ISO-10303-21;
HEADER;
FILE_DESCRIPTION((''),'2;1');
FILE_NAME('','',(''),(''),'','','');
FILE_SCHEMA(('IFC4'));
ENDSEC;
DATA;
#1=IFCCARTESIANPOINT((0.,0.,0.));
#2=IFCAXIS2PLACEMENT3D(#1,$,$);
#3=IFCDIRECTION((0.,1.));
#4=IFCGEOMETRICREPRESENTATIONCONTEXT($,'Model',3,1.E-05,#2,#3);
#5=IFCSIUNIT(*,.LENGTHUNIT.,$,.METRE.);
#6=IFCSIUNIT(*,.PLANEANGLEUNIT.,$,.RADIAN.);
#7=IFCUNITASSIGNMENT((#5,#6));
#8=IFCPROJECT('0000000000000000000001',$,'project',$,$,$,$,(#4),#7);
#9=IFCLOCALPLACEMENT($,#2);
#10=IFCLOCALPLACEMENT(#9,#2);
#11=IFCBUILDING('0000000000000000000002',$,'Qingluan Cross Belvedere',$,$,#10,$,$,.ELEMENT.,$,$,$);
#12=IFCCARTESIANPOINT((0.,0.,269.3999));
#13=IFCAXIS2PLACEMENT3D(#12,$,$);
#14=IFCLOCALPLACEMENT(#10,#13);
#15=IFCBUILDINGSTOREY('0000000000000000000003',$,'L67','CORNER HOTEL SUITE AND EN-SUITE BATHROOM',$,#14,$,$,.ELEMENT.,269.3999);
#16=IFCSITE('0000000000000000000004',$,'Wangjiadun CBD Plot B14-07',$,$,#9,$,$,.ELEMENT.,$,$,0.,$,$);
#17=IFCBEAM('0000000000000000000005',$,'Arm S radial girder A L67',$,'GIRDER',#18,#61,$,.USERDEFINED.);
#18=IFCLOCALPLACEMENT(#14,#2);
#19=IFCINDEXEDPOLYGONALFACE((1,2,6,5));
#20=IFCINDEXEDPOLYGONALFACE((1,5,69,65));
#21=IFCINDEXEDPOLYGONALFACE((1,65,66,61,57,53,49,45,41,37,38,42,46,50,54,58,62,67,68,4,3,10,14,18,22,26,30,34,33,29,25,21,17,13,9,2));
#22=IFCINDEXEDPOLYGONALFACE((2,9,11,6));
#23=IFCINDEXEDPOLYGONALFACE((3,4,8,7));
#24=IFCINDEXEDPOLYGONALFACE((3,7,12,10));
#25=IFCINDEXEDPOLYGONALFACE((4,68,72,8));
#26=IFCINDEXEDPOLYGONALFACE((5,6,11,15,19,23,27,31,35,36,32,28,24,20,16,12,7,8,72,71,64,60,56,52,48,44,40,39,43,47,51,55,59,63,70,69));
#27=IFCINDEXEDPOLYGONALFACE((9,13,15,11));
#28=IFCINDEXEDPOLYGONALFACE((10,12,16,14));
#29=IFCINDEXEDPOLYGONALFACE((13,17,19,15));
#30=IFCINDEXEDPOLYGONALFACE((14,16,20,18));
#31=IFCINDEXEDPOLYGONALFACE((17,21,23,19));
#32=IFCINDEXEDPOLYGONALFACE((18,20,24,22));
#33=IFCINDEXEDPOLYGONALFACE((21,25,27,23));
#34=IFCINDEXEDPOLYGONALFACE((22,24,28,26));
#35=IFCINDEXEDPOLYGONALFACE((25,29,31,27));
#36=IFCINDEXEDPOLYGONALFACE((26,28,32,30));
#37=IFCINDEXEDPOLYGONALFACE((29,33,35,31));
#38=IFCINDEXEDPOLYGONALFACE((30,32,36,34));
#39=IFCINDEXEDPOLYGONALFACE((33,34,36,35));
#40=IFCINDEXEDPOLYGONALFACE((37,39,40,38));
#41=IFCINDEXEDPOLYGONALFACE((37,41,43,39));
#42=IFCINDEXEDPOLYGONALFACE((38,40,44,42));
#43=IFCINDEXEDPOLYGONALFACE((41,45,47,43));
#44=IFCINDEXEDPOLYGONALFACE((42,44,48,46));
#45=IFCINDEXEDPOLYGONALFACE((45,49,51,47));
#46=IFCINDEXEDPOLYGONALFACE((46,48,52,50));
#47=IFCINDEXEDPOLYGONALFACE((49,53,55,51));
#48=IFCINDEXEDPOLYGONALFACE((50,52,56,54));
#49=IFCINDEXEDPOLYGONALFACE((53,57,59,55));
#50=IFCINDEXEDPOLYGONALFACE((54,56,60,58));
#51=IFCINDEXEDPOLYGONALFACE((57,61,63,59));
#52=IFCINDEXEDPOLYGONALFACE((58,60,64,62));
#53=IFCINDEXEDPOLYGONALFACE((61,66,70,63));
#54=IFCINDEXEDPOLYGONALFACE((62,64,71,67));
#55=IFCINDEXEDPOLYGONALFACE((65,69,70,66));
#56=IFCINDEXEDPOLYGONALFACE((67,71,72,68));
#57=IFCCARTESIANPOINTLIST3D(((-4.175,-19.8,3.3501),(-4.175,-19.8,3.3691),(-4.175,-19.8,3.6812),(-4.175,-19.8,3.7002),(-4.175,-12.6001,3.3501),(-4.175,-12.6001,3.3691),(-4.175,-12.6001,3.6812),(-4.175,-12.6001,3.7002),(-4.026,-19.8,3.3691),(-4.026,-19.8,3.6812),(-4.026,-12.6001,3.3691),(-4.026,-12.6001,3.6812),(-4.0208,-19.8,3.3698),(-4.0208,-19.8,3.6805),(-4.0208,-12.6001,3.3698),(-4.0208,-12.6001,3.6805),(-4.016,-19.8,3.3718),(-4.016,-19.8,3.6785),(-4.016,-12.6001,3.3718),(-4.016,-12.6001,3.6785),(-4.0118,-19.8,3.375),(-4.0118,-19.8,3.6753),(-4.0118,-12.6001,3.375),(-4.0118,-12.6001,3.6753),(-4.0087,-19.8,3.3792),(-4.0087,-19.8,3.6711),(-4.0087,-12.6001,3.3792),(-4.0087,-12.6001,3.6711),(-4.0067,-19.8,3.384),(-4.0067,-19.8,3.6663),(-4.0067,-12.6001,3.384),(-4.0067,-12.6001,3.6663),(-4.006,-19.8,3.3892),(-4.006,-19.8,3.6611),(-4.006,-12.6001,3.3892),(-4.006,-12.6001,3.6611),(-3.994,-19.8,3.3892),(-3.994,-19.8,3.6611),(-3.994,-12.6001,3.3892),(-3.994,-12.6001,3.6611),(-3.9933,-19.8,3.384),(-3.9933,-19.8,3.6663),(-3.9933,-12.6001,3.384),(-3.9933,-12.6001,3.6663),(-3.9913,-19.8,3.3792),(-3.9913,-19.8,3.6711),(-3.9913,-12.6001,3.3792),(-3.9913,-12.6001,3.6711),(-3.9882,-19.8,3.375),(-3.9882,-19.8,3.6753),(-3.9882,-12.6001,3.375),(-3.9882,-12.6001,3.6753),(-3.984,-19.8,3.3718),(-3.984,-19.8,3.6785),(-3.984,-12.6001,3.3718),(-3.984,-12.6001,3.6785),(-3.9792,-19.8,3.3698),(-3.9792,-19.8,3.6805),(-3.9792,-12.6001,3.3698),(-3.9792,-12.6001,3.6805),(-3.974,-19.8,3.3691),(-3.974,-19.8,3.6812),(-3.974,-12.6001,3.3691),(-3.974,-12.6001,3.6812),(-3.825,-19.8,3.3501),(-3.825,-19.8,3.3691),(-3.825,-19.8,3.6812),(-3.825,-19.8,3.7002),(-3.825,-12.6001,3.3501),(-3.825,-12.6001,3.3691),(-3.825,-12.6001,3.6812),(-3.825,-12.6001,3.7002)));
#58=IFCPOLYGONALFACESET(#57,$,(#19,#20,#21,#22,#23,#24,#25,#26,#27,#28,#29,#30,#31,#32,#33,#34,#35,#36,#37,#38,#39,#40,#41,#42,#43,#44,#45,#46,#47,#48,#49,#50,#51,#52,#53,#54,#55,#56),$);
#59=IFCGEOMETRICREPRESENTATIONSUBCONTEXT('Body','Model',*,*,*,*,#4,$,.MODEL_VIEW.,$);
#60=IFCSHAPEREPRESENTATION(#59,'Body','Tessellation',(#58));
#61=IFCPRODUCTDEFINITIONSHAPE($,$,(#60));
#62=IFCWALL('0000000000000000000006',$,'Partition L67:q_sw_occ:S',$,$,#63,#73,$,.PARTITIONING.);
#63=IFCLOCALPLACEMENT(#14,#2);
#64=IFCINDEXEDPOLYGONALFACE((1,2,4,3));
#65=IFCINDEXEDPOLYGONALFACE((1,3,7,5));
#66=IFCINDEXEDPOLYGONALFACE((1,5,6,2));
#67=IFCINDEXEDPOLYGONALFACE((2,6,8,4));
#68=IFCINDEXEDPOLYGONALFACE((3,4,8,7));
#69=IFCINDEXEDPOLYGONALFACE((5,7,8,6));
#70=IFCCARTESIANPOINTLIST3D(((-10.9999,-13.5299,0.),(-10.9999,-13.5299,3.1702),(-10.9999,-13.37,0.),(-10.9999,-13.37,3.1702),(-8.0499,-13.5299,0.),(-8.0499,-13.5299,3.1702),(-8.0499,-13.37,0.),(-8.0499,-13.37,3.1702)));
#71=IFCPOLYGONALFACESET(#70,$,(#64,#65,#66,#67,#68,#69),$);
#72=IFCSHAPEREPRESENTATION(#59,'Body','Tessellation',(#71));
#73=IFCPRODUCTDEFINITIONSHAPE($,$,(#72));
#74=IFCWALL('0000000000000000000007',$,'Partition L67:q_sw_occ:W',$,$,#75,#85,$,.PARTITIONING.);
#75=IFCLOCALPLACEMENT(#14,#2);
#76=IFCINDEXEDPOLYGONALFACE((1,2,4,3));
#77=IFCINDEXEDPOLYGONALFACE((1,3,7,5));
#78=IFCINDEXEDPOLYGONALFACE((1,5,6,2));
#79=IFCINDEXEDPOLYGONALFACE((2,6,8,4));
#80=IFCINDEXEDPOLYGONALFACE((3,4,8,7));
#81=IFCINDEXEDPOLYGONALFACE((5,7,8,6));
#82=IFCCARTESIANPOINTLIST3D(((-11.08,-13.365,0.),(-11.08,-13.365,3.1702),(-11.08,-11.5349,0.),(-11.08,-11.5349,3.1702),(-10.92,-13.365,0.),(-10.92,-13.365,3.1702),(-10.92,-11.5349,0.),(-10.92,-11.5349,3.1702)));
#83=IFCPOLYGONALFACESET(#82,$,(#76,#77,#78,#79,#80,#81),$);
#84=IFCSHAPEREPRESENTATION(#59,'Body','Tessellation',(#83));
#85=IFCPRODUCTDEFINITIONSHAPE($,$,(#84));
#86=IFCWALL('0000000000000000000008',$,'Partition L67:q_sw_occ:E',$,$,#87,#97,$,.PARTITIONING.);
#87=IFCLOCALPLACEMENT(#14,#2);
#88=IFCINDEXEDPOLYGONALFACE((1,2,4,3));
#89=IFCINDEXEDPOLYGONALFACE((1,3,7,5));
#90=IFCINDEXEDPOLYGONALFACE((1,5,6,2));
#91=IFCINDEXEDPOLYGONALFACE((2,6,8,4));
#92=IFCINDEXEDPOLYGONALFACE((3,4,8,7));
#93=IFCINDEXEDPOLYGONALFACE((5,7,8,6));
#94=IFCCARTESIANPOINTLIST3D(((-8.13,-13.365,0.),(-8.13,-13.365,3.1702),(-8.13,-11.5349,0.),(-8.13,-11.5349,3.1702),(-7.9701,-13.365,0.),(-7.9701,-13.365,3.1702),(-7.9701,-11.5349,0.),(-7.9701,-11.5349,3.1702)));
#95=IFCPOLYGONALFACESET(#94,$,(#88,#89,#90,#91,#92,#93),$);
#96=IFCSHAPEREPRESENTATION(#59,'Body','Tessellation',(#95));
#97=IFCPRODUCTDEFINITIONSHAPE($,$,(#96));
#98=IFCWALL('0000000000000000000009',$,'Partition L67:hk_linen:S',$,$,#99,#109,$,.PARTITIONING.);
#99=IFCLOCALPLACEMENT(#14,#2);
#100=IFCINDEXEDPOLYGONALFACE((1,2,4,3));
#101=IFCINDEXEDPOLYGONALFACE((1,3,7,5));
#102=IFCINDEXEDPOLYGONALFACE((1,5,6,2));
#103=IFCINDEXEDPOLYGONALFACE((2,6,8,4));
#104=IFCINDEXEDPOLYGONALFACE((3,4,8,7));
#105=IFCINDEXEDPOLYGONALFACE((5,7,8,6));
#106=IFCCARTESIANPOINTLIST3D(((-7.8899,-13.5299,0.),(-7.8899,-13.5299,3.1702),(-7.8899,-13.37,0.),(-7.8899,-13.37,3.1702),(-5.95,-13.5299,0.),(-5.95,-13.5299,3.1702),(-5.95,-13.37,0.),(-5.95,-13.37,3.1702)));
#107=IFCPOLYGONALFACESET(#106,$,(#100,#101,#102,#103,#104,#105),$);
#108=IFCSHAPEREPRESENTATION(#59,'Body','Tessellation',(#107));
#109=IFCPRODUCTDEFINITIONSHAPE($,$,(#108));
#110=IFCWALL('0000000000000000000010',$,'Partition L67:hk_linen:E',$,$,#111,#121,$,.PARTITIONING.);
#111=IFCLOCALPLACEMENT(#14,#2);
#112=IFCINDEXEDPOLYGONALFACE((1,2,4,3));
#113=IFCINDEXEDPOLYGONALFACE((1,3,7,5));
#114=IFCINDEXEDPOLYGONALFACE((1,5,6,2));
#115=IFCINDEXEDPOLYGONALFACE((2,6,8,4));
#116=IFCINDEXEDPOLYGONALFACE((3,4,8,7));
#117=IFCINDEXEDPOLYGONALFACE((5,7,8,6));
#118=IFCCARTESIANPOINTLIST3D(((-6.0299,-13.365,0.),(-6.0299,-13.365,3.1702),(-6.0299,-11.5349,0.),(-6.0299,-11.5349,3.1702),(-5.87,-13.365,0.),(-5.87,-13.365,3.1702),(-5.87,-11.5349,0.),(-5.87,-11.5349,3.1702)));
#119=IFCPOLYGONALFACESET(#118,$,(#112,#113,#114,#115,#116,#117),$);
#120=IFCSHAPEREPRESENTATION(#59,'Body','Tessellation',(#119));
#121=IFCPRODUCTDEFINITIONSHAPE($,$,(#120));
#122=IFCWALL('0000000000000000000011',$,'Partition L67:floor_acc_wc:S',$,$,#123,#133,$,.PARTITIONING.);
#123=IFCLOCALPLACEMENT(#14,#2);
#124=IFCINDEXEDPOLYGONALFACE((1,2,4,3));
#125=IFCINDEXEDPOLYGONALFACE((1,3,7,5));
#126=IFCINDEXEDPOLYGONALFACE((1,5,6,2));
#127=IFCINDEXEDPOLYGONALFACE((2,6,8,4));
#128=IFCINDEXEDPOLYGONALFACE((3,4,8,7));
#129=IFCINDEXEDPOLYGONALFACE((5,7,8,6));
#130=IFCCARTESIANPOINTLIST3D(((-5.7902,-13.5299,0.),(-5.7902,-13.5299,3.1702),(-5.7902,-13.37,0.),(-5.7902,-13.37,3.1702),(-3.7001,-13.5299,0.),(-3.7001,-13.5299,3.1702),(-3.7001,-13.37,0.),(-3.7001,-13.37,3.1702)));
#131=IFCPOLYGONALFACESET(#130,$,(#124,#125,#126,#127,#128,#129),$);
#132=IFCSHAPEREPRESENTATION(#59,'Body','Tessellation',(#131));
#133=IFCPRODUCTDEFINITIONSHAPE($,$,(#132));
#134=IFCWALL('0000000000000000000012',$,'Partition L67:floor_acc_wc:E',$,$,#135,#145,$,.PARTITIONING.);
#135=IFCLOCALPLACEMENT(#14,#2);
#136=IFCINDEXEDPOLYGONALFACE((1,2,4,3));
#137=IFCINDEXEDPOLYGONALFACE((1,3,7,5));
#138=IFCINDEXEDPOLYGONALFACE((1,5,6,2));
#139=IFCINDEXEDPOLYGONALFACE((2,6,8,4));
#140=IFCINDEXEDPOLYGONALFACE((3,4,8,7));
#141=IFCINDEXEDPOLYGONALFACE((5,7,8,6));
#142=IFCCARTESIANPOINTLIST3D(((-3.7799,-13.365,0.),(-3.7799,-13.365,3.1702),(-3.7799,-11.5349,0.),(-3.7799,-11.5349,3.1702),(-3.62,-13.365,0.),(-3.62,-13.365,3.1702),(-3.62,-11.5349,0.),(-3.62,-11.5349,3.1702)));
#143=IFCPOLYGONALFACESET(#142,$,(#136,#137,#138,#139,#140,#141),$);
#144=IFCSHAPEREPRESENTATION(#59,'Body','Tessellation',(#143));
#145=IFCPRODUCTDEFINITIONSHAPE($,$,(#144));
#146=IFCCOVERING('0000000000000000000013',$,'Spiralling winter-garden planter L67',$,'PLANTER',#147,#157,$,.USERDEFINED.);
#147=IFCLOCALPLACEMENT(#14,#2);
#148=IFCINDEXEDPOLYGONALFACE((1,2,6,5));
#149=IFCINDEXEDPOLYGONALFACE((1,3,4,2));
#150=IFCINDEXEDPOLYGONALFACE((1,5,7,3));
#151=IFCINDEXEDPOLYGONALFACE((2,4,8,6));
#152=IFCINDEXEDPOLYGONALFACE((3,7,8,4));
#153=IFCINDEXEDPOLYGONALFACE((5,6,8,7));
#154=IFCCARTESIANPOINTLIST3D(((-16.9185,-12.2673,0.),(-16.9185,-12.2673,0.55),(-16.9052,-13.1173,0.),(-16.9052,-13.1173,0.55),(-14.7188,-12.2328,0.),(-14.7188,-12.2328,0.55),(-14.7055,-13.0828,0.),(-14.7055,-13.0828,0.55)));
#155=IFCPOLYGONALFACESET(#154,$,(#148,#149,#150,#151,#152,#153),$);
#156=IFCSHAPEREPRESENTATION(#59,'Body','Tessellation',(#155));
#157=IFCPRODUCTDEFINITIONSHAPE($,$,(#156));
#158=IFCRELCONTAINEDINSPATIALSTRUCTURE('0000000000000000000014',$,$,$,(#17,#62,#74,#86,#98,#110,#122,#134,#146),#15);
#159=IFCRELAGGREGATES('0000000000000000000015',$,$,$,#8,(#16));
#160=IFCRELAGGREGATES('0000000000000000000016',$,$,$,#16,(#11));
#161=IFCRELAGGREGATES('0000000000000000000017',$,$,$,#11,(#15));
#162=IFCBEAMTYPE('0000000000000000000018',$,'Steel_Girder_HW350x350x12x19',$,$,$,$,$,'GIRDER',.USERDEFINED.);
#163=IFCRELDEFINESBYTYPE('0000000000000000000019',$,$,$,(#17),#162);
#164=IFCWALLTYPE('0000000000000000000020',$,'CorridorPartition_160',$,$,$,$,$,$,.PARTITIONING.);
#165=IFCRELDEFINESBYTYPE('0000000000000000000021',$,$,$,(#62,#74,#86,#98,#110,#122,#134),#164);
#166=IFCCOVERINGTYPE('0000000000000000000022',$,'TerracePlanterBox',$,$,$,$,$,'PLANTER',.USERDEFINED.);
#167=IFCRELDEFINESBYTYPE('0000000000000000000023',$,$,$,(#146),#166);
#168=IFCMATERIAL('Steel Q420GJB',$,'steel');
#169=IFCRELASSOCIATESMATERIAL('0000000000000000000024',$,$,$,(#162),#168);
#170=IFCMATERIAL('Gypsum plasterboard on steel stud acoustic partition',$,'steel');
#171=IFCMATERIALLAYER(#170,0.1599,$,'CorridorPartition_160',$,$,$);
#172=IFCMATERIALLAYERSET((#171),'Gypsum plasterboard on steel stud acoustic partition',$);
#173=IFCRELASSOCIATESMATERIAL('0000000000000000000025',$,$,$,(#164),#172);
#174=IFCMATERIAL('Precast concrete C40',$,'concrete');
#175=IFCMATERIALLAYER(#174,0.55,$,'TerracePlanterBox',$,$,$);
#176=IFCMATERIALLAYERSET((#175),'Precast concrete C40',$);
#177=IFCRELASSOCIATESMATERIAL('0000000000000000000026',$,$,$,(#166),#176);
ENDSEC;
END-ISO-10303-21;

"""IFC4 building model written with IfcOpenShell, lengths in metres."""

from ifc_helpers import new_model, si_unit, direction, frame, frame_2d, origin, origin_2d, place, context, subcontext, project, spatial, rectangle, i_section, extrude, material, layer, layer_set, material_profile, profile_set, type_object, element, save


model = new_model("IFC4")

# Units and contexts
model_context = context("Model", 3, precision=1e-05, world=origin(), true_north=direction((0.0, 1.0)))
body_context = subcontext(model_context, "Body", "Model", "MODEL_VIEW")
ifc_project = project(units=[si_unit("LENGTHUNIT", "METRE"), si_unit("PLANEANGLEUNIT", "RADIAN")], contexts=[model_context])

# Site, building, storey
site_placement = place(None, origin())
site = spatial("IfcSite", under=ifc_project, at=site_placement, Name="Wangjiadun CBD Plot B14-07", CompositionType="ELEMENT", RefElevation=0.0)
building_placement = place(site_placement, origin())
building = spatial("IfcBuilding", under=site, at=building_placement, Name="Qingluan Cross Belvedere", CompositionType="ELEMENT")
storey_placement = place(building_placement, frame((0.0, 0.0, 269.3999)))
storey = spatial("IfcBuildingStorey", under=building, at=storey_placement, Name="L67", Description="CORNER HOTEL SUITE AND EN-SUITE BATHROOM", CompositionType="ELEMENT", Elevation=269.3999)

# Beam
ifc_material_1 = material(Name="Steel Q420GJB", Category="steel")
ifc_material_profile_1 = material_profile(ifc_material_1, i_section(OverallWidth=0.3501, OverallDepth=0.3501, WebThickness=0.012, FlangeThickness=0.019, FilletRadius=0.02, at=origin_2d()), Name="HW350x350x12x19")
ifc_profile_set_1 = profile_set([ifc_material_profile_1], Name="Steel Q420GJB")
beam_type_1 = type_object("IfcBeamType", Name="Steel_Girder_HW350x350x12x19", ElementType="GIRDER", PredefinedType="USERDEFINED", material=ifc_profile_set_1)
beam_1_placement = place(storey_placement, frame((-4.0, -12.6001, 3.5251), z_axis=(0.0, -1.0, 0.0), x_axis=(1.0, 0.0, 0.0)))
element("IfcBeam", 1, at=beam_1_placement, inside=storey, type_object=beam_type_1, Name="Arm S radial girder A L67", ObjectType="GIRDER", PredefinedType="USERDEFINED", context=body_context, shape_type="SweptSolid", body=[
    extrude(i_section(OverallWidth=0.3501, OverallDepth=0.3501, WebThickness=0.012, FlangeThickness=0.019, FilletRadius=0.02, at=origin_2d()), origin(), (0.0, 0.0, 1.0), 7.2),
])

# Walls
ifc_material_2 = material(Name="Gypsum plasterboard on steel stud acoustic partition", Category="steel")
ifc_layer_1 = layer(ifc_material_2, 0.1599, Name="CorridorPartition_160")
ifc_layer_set_1 = layer_set([ifc_layer_1], Name="Gypsum plasterboard on steel stud acoustic partition")
wall_type = type_object("IfcWallType", Name="CorridorPartition_160", PredefinedType="PARTITIONING", material=ifc_layer_set_1)
wall_1_placement = place(storey_placement, frame((-11.0, -13.45, 0.0), z_axis=(0.0, 0.0, 1.0), x_axis=(1.0, 0.0, 0.0)))
element("IfcWall", 2, at=wall_1_placement, inside=storey, type_object=wall_type, Name="Partition L67:q_sw_occ:S", PredefinedType="PARTITIONING", context=body_context, shape_type="SweptSolid", body=[
    extrude(rectangle(XDim=2.95, YDim=0.1599, at=frame_2d((1.4751, 0.0))), origin(), (0.0, 0.0, 1.0), 3.1702),
])
for number, where, z_axis, x_axis, name in (
    (3, (-11.0, -13.365, 0.0), (0.0, 0.0, 1.0), (0.0, 1.0, 0.0), "Partition L67:q_sw_occ:W"),
    (4, (-8.05, -13.365, 0.0), (0.0, 0.0, 1.0), (0.0, 1.0, 0.0), "Partition L67:q_sw_occ:E"),
):
    element("IfcWall", number, at=place(storey_placement, frame(where, z_axis=z_axis, x_axis=x_axis)), inside=storey, type_object=wall_type, Name=name, PredefinedType="PARTITIONING", context=body_context, shape_type="SweptSolid", body=[
        extrude(rectangle(XDim=1.8301, YDim=0.1599, at=frame_2d((0.915, 0.0))), origin(), (0.0, 0.0, 1.0), 3.1702),
    ])
wall_2_placement = place(storey_placement, frame((-7.8899, -13.45, 0.0), z_axis=(0.0, 0.0, 1.0), x_axis=(1.0, 0.0, 0.0)))
element("IfcWall", 5, at=wall_2_placement, inside=storey, type_object=wall_type, Name="Partition L67:hk_linen:S", PredefinedType="PARTITIONING", context=body_context, shape_type="SweptSolid", body=[
    extrude(rectangle(XDim=1.9399, YDim=0.1599, at=frame_2d((0.97, 0.0))), origin(), (0.0, 0.0, 1.0), 3.1702),
])
wall_3_placement = place(storey_placement, frame((-5.95, -13.365, 0.0), z_axis=(0.0, 0.0, 1.0), x_axis=(0.0, 1.0, 0.0)))
element("IfcWall", 6, at=wall_3_placement, inside=storey, type_object=wall_type, Name="Partition L67:hk_linen:E", PredefinedType="PARTITIONING", context=body_context, shape_type="SweptSolid", body=[
    extrude(rectangle(XDim=1.8301, YDim=0.1599, at=frame_2d((0.915, 0.0))), origin(), (0.0, 0.0, 1.0), 3.1702),
])
wall_4_placement = place(storey_placement, frame((-5.79, -13.45, 0.0), z_axis=(0.0, 0.0, 1.0), x_axis=(1.0, 0.0, 0.0)))
element("IfcWall", 7, at=wall_4_placement, inside=storey, type_object=wall_type, Name="Partition L67:floor_acc_wc:S", PredefinedType="PARTITIONING", context=body_context, shape_type="SweptSolid", body=[
    extrude(rectangle(XDim=2.0901, YDim=0.1599, at=frame_2d((1.0449, 0.0))), origin(), (0.0, 0.0, 1.0), 3.1702),
])
wall_5_placement = place(storey_placement, frame((-3.7, -13.365, 0.0), z_axis=(0.0, 0.0, 1.0), x_axis=(0.0, 1.0, 0.0)))
element("IfcWall", 8, at=wall_5_placement, inside=storey, type_object=wall_type, Name="Partition L67:floor_acc_wc:E", PredefinedType="PARTITIONING", context=body_context, shape_type="SweptSolid", body=[
    extrude(rectangle(XDim=1.8301, YDim=0.1599, at=frame_2d((0.915, 0.0))), origin(), (0.0, 0.0, 1.0), 3.1702),
])

# Covering
ifc_material_3 = material(Name="Precast concrete C40", Category="concrete")
ifc_layer_2 = layer(ifc_material_3, 0.55, Name="TerracePlanterBox")
ifc_layer_set_2 = layer_set([ifc_layer_2], Name="Precast concrete C40")
covering_type = type_object("IfcCoveringType", Name="TerracePlanterBox", ElementType="PLANTER", PredefinedType="USERDEFINED", material=ifc_layer_set_2)
covering_placement = place(storey_placement, frame((-15.812, -12.675, 0.0), z_axis=(0.0, 0.0, 1.0), x_axis=(0.999877, 0.015707, 0.0)))
element("IfcCovering", 9, at=covering_placement, inside=storey, type_object=covering_type, Name="Spiralling winter-garden planter L67", ObjectType="PLANTER", PredefinedType="USERDEFINED", context=body_context, shape_type="SweptSolid", body=[
    extrude(rectangle(XDim=2.2, YDim=0.8501, at=origin_2d()), origin(), (0.0, 0.0, 1.0), 0.55),
])

save(model, "model.ifc")
